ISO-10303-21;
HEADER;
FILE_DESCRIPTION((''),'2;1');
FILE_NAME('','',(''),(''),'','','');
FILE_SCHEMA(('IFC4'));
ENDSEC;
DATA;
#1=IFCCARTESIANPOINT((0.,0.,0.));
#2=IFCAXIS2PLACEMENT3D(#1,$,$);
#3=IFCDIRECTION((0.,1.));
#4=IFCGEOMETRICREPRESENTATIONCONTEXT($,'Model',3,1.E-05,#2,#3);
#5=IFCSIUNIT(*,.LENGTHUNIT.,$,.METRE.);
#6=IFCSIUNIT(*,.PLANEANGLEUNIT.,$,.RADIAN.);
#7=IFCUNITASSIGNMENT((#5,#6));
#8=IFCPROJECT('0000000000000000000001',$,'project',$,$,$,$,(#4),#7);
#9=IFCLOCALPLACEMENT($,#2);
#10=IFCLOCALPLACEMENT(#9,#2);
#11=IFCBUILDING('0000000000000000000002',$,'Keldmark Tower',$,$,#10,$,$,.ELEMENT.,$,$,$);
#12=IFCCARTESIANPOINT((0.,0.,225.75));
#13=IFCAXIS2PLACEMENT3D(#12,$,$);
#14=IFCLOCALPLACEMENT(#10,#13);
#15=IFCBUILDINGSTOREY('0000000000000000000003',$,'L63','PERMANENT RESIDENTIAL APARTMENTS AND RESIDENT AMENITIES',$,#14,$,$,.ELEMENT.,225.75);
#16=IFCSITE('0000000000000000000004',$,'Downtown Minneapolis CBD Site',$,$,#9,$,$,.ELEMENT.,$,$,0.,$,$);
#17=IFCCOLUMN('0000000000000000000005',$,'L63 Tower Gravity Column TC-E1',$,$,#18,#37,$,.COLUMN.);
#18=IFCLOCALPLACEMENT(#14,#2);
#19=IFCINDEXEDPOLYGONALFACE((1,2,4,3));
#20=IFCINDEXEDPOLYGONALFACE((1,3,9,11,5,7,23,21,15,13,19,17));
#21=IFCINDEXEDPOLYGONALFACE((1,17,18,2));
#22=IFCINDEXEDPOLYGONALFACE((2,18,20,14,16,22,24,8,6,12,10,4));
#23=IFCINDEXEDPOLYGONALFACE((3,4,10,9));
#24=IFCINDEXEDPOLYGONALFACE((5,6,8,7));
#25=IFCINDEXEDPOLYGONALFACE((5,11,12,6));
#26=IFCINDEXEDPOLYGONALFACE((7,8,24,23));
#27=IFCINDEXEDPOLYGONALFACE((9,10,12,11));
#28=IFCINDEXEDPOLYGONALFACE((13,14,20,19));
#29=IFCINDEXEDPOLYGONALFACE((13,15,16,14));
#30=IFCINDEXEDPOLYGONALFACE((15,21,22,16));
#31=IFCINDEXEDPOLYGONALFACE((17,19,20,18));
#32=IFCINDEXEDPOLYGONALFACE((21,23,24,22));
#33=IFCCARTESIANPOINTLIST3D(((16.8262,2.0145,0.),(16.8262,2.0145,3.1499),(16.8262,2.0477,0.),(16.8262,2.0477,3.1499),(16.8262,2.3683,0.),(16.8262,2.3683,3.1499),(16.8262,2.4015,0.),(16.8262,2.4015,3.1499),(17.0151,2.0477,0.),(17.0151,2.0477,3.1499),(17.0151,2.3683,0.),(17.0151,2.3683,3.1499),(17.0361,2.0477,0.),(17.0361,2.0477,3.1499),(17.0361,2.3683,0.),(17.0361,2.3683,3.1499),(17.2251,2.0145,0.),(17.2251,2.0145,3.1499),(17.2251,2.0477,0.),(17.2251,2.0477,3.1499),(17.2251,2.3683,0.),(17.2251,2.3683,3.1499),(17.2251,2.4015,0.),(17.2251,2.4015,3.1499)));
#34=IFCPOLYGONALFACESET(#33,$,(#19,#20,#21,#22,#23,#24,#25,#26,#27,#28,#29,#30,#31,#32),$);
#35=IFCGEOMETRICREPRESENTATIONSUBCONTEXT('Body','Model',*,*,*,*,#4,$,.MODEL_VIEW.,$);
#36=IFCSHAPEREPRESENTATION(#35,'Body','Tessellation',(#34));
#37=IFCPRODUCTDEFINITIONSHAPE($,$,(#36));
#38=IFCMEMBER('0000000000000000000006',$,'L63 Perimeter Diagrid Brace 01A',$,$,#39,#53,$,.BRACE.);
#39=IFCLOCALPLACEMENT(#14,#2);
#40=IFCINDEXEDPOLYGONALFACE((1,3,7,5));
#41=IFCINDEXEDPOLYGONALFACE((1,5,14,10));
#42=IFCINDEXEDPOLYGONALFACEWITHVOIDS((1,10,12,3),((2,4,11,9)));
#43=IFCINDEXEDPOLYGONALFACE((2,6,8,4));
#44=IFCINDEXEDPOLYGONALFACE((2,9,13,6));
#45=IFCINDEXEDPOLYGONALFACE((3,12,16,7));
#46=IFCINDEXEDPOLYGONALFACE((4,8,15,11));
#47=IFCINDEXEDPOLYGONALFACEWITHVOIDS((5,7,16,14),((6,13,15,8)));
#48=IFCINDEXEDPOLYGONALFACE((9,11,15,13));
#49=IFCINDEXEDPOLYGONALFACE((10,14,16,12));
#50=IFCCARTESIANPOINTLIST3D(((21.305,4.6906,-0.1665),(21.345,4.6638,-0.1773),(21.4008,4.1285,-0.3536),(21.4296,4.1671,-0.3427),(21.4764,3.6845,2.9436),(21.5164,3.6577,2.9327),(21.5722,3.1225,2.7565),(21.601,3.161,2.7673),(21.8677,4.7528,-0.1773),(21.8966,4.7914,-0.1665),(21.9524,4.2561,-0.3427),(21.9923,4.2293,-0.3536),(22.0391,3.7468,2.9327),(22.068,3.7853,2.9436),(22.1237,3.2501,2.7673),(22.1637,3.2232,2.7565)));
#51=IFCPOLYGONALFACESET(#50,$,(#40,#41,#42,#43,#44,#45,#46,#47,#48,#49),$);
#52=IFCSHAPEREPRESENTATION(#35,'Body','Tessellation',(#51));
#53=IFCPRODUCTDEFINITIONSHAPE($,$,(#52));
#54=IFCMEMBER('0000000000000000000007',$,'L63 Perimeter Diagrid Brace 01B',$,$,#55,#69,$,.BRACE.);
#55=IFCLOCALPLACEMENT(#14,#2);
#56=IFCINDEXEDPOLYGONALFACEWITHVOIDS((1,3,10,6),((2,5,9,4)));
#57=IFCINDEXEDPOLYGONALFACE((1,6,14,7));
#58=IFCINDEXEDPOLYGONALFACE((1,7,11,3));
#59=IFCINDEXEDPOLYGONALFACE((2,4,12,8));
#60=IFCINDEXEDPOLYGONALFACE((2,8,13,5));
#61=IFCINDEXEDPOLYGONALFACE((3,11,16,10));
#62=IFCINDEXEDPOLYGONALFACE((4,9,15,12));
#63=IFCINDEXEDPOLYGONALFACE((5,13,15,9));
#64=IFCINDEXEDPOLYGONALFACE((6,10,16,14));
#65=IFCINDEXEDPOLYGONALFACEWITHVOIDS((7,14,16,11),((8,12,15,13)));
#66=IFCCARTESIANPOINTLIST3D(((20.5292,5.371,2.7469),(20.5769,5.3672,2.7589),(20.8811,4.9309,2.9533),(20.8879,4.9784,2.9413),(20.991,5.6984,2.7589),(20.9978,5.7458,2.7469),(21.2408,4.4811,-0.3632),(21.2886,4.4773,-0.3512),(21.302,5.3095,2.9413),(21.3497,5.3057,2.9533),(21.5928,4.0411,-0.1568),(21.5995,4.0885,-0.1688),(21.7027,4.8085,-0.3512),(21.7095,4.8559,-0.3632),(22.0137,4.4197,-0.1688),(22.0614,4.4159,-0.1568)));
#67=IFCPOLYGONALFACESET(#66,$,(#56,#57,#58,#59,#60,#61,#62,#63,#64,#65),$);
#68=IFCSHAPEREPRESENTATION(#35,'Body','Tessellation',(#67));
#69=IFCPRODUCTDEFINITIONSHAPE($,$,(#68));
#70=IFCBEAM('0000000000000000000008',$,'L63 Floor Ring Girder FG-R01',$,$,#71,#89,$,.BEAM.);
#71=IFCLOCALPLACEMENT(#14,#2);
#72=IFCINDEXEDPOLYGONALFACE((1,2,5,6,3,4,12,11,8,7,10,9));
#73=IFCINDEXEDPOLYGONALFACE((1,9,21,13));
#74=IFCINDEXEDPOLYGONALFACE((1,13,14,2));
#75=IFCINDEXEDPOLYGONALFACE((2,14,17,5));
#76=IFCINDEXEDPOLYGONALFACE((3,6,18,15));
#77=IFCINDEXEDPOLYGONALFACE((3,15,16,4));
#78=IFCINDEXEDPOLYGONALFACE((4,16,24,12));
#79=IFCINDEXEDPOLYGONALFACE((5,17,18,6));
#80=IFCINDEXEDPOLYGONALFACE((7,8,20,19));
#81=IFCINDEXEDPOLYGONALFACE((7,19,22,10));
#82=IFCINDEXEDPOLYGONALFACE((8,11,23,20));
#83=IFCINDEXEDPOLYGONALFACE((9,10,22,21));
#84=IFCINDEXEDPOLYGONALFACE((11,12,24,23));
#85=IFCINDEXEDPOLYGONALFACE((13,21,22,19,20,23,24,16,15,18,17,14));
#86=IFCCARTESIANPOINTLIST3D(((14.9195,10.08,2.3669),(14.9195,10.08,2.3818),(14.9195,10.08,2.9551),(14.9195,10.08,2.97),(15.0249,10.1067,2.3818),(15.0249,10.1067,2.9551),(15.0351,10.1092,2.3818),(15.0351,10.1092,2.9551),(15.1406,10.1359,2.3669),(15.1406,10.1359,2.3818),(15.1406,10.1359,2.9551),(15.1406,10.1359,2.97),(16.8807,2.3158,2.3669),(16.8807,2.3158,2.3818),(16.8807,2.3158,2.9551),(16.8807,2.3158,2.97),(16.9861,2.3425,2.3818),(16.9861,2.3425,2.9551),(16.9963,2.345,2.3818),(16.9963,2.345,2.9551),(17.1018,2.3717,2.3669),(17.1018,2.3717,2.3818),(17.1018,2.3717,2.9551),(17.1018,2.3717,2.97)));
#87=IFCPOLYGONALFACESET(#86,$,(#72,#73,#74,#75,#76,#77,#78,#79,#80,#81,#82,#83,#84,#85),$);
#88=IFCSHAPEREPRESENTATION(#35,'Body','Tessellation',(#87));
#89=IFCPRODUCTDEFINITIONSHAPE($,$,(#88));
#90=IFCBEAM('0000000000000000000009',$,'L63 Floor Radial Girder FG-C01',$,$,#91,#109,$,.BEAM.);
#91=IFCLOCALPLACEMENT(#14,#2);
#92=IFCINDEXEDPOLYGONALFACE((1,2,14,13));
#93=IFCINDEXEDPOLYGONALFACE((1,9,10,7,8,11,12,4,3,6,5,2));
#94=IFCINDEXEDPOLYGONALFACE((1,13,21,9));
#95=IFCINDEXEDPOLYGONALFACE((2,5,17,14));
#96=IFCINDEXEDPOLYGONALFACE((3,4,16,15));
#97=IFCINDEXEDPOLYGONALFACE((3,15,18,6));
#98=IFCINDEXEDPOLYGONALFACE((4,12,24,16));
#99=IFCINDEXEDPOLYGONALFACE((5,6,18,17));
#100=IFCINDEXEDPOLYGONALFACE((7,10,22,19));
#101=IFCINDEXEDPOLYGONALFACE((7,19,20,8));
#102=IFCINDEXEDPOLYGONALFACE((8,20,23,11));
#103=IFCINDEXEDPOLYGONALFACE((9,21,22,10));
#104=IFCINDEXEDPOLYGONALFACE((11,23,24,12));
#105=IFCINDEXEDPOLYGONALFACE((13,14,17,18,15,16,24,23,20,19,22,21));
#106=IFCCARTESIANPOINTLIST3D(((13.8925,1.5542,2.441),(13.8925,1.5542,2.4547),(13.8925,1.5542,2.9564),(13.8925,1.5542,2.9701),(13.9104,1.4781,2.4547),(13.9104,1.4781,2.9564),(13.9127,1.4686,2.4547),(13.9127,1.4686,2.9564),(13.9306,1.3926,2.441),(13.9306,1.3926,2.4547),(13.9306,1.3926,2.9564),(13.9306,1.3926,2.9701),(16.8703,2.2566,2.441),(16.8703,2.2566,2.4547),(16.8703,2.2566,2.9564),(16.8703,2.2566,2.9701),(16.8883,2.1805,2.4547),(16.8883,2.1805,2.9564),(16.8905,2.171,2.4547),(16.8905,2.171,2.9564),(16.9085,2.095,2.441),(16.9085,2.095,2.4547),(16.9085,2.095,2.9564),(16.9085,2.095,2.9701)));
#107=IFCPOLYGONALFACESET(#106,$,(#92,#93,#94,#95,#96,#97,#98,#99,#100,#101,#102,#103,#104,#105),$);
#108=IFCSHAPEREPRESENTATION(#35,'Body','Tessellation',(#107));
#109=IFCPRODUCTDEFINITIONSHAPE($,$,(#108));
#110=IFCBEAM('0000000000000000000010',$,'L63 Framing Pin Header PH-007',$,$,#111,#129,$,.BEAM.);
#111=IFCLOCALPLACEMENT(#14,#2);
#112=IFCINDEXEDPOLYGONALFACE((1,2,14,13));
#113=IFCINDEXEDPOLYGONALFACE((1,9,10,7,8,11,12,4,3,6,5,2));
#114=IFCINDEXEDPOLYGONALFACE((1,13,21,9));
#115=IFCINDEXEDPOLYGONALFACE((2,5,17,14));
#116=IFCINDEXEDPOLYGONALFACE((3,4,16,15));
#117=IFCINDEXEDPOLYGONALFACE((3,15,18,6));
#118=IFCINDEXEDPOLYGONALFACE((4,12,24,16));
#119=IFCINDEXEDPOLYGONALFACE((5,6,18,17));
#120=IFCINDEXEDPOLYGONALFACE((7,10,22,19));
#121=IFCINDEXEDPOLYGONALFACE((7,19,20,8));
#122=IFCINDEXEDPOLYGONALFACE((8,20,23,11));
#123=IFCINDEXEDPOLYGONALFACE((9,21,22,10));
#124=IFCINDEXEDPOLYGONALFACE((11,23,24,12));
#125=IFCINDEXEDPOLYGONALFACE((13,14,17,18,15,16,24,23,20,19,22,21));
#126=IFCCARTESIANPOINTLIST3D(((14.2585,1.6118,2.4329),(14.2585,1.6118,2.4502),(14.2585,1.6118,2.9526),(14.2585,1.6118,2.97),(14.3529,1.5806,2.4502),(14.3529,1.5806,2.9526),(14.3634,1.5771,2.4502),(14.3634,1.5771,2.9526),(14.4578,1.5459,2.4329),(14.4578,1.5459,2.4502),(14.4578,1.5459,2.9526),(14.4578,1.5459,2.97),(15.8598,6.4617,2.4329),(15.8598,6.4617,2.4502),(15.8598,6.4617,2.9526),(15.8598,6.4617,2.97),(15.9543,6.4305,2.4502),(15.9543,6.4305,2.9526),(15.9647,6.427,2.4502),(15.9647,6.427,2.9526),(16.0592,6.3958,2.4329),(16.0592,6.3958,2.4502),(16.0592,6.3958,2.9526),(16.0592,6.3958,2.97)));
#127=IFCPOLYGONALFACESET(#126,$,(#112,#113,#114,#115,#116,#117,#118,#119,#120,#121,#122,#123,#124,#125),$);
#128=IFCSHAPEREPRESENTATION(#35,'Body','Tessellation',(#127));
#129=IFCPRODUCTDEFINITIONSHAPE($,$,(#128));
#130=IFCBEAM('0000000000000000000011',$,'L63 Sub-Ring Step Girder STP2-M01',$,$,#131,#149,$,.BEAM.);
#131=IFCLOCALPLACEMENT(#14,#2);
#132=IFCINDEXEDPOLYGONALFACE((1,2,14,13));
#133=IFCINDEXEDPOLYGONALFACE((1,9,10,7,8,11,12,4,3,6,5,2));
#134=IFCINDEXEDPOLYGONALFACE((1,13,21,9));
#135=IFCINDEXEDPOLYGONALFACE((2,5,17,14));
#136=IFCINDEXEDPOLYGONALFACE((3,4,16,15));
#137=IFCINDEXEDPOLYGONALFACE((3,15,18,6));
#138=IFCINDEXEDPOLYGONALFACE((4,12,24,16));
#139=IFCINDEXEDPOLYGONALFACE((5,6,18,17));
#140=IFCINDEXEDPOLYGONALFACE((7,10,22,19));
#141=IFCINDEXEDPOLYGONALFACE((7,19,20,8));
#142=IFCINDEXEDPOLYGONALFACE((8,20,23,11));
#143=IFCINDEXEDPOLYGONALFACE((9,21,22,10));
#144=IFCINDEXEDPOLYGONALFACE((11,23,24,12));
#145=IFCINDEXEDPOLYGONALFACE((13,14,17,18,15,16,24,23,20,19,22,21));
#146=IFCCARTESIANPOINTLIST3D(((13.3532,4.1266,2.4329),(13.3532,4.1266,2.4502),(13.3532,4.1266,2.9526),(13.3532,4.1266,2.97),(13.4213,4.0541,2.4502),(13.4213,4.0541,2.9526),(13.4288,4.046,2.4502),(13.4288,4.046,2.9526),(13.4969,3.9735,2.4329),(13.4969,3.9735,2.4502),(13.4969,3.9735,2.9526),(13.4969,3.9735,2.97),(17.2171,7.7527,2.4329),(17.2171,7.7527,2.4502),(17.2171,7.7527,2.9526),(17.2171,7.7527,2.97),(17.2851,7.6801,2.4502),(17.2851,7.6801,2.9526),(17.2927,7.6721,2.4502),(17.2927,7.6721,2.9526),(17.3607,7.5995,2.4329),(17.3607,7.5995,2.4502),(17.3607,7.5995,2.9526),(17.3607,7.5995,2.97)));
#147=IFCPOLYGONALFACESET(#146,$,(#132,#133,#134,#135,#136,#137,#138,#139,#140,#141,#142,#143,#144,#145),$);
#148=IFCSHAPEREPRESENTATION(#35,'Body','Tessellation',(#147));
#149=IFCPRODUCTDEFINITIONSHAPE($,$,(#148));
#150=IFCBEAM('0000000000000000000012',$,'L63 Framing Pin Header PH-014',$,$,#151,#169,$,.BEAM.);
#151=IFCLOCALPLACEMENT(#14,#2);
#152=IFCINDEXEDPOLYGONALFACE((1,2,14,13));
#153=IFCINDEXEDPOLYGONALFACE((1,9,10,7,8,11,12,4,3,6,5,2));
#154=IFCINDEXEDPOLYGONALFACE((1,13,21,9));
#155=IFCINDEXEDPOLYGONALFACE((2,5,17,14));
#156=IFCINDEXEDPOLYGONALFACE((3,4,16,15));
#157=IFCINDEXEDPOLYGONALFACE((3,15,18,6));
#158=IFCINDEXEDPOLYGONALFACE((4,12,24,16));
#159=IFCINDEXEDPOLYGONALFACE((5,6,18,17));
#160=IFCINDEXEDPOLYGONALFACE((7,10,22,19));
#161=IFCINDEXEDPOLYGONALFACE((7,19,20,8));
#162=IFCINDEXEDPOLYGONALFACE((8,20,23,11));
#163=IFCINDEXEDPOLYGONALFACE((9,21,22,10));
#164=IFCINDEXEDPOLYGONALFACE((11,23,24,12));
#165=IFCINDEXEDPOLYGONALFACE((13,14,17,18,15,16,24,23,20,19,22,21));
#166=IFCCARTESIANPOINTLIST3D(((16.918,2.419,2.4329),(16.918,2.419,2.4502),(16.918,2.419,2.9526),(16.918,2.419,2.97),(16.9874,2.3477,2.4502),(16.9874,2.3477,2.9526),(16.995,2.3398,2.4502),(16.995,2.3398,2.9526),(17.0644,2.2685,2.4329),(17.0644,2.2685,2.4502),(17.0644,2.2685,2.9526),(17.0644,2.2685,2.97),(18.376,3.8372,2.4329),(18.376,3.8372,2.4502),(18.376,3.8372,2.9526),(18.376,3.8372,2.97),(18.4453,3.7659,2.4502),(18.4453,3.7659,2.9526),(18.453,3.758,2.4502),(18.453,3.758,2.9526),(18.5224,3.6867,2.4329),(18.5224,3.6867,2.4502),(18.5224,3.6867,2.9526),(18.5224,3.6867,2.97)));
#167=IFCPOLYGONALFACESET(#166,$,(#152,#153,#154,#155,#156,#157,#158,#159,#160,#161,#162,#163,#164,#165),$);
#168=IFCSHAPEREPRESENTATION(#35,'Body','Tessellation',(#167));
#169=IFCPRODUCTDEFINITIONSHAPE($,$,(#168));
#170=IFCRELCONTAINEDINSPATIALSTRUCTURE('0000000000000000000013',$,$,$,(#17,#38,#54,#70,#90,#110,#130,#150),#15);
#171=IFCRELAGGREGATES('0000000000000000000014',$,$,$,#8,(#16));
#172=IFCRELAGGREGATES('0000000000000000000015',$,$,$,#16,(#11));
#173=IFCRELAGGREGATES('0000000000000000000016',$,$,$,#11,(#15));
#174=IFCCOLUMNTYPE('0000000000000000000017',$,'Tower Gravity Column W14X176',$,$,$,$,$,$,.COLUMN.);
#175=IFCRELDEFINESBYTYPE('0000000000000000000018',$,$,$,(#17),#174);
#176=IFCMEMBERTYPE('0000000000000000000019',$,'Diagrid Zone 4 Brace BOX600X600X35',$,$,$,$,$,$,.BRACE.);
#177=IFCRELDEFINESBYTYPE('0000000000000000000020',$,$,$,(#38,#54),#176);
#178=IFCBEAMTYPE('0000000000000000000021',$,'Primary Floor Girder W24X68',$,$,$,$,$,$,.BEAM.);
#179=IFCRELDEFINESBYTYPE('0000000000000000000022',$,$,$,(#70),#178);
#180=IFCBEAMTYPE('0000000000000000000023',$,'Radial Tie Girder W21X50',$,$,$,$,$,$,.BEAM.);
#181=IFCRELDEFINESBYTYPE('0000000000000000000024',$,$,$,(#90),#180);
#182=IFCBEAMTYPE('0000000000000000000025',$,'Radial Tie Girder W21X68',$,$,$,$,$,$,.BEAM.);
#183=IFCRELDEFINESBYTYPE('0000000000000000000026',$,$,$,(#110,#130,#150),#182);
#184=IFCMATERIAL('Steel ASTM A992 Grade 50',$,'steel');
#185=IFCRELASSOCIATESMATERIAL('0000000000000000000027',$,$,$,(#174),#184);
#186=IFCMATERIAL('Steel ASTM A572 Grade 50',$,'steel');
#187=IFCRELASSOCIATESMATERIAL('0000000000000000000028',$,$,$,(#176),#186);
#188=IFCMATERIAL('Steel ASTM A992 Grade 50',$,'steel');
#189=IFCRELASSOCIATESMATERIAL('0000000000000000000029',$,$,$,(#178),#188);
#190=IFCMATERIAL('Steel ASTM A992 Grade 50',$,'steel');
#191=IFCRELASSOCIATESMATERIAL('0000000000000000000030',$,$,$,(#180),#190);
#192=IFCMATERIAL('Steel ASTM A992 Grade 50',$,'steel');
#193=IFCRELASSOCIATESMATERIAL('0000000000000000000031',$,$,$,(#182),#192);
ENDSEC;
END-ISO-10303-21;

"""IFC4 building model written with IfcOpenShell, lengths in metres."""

from ifc_helpers import new_model, si_unit, direction, frame, origin, origin_2d, place, context, subcontext, project, spatial, hollow_rectangle, i_section, extrude, material, material_profile, profile_set, type_object, element, save


model = new_model("IFC4")

# Units and contexts
model_context = context("Model", 3, precision=1e-05, world=origin(), true_north=direction((0.0, 1.0)))
body_context = subcontext(model_context, "Body", "Model", "MODEL_VIEW")
ifc_project = project(units=[si_unit("LENGTHUNIT", "METRE"), si_unit("PLANEANGLEUNIT", "RADIAN")], contexts=[model_context])

# Site, building, storey
site_placement = place(None, origin())
site = spatial("IfcSite", under=ifc_project, at=site_placement, Name="Downtown Minneapolis CBD Site", CompositionType="ELEMENT", RefElevation=0.0)
building_placement = place(site_placement, origin())
building = spatial("IfcBuilding", under=site, at=building_placement, Name="Keldmark Tower", CompositionType="ELEMENT")
storey_placement = place(building_placement, frame((0.0, 0.0, 225.75)))
storey = spatial("IfcBuildingStorey", under=building, at=storey_placement, Name="L63", Description="PERMANENT RESIDENTIAL APARTMENTS AND RESIDENT AMENITIES", CompositionType="ELEMENT", Elevation=225.75)

# Column
ifc_material_1 = material(Name="Steel ASTM A992 Grade 50", Category="steel")
ifc_material_profile_1 = material_profile(ifc_material_1, i_section(OverallWidth=0.3989, OverallDepth=0.387, WebThickness=0.021, FlangeThickness=0.0332, at=origin_2d()), Name="W14X176")
ifc_profile_set_1 = profile_set([ifc_material_profile_1], Name="Steel ASTM A992 Grade 50")
column_type = type_object("IfcColumnType", Name="Tower Gravity Column W14X176", PredefinedType="COLUMN", material=ifc_profile_set_1)
column_placement = place(storey_placement, frame((17.0256, 2.208, 0.0), z_axis=(0.0, 0.0, 1.0), x_axis=(1.0, 0.0, 0.0)))
element("IfcColumn", 1, at=column_placement, inside=storey, type_object=column_type, Name="L63 Tower Gravity Column TC-E1", PredefinedType="COLUMN", context=body_context, shape_type="SweptSolid", body=[
    extrude(i_section(OverallWidth=0.3989, OverallDepth=0.387, WebThickness=0.021, FlangeThickness=0.0332, at=origin_2d()), origin(), (0.0, 0.0, 1.0), 3.1499),
])

# Members
ifc_material_2 = material(Name="Steel ASTM A572 Grade 50", Category="steel")
ifc_material_profile_2 = material_profile(ifc_material_2, hollow_rectangle(XDim=0.6001, YDim=0.6001, WallThickness=0.0349, at=origin_2d()), Name="BOX600X600X35")
ifc_profile_set_2 = profile_set([ifc_material_profile_2], Name="Steel ASTM A572 Grade 50")
member_type = type_object("IfcMemberType", Name="Diagrid Zone 4 Brace BOX600X600X35", PredefinedType="BRACE", material=ifc_profile_set_2)
member_1_placement = place(storey_placement, frame((21.6487, 4.46, -0.26), z_axis=(0.052359, -0.307368, 0.950149), x_axis=(0.985799, 0.167928, 0.0)))
element("IfcMember", 2, at=member_1_placement, inside=storey, type_object=member_type, Name="L63 Perimeter Diagrid Brace 01A", PredefinedType="BRACE", context=body_context, shape_type="SweptSolid", body=[
    extrude(hollow_rectangle(XDim=0.6001, YDim=0.6001, WallThickness=0.0349, at=origin_2d()), origin(), (0.0, 0.0, 1.0), 3.2732),
])
member_2_placement = place(storey_placement, frame((21.6511, 4.4485, -0.26), z_axis=(-0.214858, 0.268665, 0.938965), x_axis=(-0.780973, -0.624564, 0.0)))
element("IfcMember", 3, at=member_2_placement, inside=storey, type_object=member_type, Name="L63 Perimeter Diagrid Brace 01B", PredefinedType="BRACE", context=body_context, shape_type="SweptSolid", body=[
    extrude(hollow_rectangle(XDim=0.6001, YDim=0.6001, WallThickness=0.0349, at=origin_2d()), origin(), (0.0, 0.0, 1.0), 3.3123),
])

# Beams
ifc_material_3 = material(Name="Steel ASTM A992 Grade 50", Category="steel")
ifc_material_profile_3 = material_profile(ifc_material_3, i_section(OverallWidth=0.228, OverallDepth=0.603, WebThickness=0.0105, FlangeThickness=0.0149, at=origin_2d()), Name="W24X68")
ifc_profile_set_3 = profile_set([ifc_material_profile_3], Name="Steel ASTM A992 Grade 50")
beam_type_1 = type_object("IfcBeamType", Name="Primary Floor Girder W24X68", PredefinedType="BEAM", material=ifc_profile_set_3)
beam_1_placement = place(storey_placement, frame((16.9912, 2.3438, 2.6685), z_axis=(-0.244902, 0.969548, 0.0), x_axis=(-0.969548, -0.244902, 0.0)))
element("IfcBeam", 4, at=beam_1_placement, inside=storey, type_object=beam_type_1, Name="L63 Floor Ring Girder FG-R01", PredefinedType="BEAM", context=body_context, shape_type="SweptSolid", body=[
    extrude(i_section(OverallWidth=0.228, OverallDepth=0.603, WebThickness=0.0105, FlangeThickness=0.0149, at=origin_2d()), origin(), (0.0, 0.0, 1.0), 8.0081),
])
ifc_material_4 = material(Name="Steel ASTM A992 Grade 50", Category="steel")
ifc_material_profile_4 = material_profile(ifc_material_4, i_section(OverallWidth=0.166, OverallDepth=0.5291, WebThickness=0.0098, FlangeThickness=0.0137, at=origin_2d()), Name="W21X50")
ifc_profile_set_4 = profile_set([ifc_material_profile_4], Name="Steel ASTM A992 Grade 50")
beam_type_2 = type_object("IfcBeamType", Name="Radial Tie Girder W21X50", PredefinedType="BEAM", material=ifc_profile_set_4)
beam_2_placement = place(storey_placement, frame((16.8894, 2.1758, 2.7056), z_axis=(-0.97329, -0.229577, 0.0), x_axis=(0.229577, -0.97329, 0.0)))
element("IfcBeam", 5, at=beam_2_placement, inside=storey, type_object=beam_type_2, Name="L63 Floor Radial Girder FG-C01", PredefinedType="BEAM", context=body_context, shape_type="SweptSolid", body=[
    extrude(i_section(OverallWidth=0.166, OverallDepth=0.5291, WebThickness=0.0098, FlangeThickness=0.0137, at=origin_2d()), origin(), (0.0, 0.0, 1.0), 3.0596),
])
ifc_material_5 = material(Name="Steel ASTM A992 Grade 50", Category="steel")
ifc_material_profile_5 = material_profile(ifc_material_5, i_section(OverallWidth=0.21, OverallDepth=0.5371, WebThickness=0.011, FlangeThickness=0.0173, at=origin_2d()), Name="W21X68")
ifc_profile_set_5 = profile_set([ifc_material_profile_5], Name="Steel ASTM A992 Grade 50")
beam_type_3 = type_object("IfcBeamType", Name="Radial Tie Girder W21X68", PredefinedType="BEAM", material=ifc_profile_set_5)
beam_3_placement = place(storey_placement, frame((14.3582, 1.5789, 2.7014), z_axis=(0.31353, 0.949578, 0.0), x_axis=(-0.949578, 0.31353, 0.0)))
element("IfcBeam", 6, at=beam_3_placement, inside=storey, type_object=beam_type_3, Name="L63 Framing Pin Header PH-007", PredefinedType="BEAM", context=body_context, shape_type="SweptSolid", body=[
    extrude(i_section(OverallWidth=0.21, OverallDepth=0.5371, WebThickness=0.011, FlangeThickness=0.0173, at=origin_2d()), origin(), (0.0, 0.0, 1.0), 5.1074),
])
beam_4_placement = place(storey_placement, frame((13.425, 4.05, 2.7014), z_axis=(0.729189, 0.684312, 0.0), x_axis=(-0.684312, 0.729189, 0.0)))
element("IfcBeam", 7, at=beam_4_placement, inside=storey, type_object=beam_type_3, Name="L63 Sub-Ring Step Girder STP2-M01", PredefinedType="BEAM", context=body_context, shape_type="SweptSolid", body=[
    extrude(i_section(OverallWidth=0.21, OverallDepth=0.5371, WebThickness=0.011, FlangeThickness=0.0173, at=origin_2d()), origin(), (0.0, 0.0, 1.0), 5.2988),
])
beam_5_placement = place(storey_placement, frame((16.9912, 2.3438, 2.7014), z_axis=(0.716822, 0.697257, 0.0), x_axis=(-0.697257, 0.716822, 0.0)))
element("IfcBeam", 8, at=beam_5_placement, inside=storey, type_object=beam_type_3, Name="L63 Framing Pin Header PH-014", PredefinedType="BEAM", context=body_context, shape_type="SweptSolid", body=[
    extrude(i_section(OverallWidth=0.21, OverallDepth=0.5371, WebThickness=0.011, FlangeThickness=0.0173, at=origin_2d()), origin(), (0.0, 0.0, 1.0), 2.0339),
])

save(model, "model.ifc")
